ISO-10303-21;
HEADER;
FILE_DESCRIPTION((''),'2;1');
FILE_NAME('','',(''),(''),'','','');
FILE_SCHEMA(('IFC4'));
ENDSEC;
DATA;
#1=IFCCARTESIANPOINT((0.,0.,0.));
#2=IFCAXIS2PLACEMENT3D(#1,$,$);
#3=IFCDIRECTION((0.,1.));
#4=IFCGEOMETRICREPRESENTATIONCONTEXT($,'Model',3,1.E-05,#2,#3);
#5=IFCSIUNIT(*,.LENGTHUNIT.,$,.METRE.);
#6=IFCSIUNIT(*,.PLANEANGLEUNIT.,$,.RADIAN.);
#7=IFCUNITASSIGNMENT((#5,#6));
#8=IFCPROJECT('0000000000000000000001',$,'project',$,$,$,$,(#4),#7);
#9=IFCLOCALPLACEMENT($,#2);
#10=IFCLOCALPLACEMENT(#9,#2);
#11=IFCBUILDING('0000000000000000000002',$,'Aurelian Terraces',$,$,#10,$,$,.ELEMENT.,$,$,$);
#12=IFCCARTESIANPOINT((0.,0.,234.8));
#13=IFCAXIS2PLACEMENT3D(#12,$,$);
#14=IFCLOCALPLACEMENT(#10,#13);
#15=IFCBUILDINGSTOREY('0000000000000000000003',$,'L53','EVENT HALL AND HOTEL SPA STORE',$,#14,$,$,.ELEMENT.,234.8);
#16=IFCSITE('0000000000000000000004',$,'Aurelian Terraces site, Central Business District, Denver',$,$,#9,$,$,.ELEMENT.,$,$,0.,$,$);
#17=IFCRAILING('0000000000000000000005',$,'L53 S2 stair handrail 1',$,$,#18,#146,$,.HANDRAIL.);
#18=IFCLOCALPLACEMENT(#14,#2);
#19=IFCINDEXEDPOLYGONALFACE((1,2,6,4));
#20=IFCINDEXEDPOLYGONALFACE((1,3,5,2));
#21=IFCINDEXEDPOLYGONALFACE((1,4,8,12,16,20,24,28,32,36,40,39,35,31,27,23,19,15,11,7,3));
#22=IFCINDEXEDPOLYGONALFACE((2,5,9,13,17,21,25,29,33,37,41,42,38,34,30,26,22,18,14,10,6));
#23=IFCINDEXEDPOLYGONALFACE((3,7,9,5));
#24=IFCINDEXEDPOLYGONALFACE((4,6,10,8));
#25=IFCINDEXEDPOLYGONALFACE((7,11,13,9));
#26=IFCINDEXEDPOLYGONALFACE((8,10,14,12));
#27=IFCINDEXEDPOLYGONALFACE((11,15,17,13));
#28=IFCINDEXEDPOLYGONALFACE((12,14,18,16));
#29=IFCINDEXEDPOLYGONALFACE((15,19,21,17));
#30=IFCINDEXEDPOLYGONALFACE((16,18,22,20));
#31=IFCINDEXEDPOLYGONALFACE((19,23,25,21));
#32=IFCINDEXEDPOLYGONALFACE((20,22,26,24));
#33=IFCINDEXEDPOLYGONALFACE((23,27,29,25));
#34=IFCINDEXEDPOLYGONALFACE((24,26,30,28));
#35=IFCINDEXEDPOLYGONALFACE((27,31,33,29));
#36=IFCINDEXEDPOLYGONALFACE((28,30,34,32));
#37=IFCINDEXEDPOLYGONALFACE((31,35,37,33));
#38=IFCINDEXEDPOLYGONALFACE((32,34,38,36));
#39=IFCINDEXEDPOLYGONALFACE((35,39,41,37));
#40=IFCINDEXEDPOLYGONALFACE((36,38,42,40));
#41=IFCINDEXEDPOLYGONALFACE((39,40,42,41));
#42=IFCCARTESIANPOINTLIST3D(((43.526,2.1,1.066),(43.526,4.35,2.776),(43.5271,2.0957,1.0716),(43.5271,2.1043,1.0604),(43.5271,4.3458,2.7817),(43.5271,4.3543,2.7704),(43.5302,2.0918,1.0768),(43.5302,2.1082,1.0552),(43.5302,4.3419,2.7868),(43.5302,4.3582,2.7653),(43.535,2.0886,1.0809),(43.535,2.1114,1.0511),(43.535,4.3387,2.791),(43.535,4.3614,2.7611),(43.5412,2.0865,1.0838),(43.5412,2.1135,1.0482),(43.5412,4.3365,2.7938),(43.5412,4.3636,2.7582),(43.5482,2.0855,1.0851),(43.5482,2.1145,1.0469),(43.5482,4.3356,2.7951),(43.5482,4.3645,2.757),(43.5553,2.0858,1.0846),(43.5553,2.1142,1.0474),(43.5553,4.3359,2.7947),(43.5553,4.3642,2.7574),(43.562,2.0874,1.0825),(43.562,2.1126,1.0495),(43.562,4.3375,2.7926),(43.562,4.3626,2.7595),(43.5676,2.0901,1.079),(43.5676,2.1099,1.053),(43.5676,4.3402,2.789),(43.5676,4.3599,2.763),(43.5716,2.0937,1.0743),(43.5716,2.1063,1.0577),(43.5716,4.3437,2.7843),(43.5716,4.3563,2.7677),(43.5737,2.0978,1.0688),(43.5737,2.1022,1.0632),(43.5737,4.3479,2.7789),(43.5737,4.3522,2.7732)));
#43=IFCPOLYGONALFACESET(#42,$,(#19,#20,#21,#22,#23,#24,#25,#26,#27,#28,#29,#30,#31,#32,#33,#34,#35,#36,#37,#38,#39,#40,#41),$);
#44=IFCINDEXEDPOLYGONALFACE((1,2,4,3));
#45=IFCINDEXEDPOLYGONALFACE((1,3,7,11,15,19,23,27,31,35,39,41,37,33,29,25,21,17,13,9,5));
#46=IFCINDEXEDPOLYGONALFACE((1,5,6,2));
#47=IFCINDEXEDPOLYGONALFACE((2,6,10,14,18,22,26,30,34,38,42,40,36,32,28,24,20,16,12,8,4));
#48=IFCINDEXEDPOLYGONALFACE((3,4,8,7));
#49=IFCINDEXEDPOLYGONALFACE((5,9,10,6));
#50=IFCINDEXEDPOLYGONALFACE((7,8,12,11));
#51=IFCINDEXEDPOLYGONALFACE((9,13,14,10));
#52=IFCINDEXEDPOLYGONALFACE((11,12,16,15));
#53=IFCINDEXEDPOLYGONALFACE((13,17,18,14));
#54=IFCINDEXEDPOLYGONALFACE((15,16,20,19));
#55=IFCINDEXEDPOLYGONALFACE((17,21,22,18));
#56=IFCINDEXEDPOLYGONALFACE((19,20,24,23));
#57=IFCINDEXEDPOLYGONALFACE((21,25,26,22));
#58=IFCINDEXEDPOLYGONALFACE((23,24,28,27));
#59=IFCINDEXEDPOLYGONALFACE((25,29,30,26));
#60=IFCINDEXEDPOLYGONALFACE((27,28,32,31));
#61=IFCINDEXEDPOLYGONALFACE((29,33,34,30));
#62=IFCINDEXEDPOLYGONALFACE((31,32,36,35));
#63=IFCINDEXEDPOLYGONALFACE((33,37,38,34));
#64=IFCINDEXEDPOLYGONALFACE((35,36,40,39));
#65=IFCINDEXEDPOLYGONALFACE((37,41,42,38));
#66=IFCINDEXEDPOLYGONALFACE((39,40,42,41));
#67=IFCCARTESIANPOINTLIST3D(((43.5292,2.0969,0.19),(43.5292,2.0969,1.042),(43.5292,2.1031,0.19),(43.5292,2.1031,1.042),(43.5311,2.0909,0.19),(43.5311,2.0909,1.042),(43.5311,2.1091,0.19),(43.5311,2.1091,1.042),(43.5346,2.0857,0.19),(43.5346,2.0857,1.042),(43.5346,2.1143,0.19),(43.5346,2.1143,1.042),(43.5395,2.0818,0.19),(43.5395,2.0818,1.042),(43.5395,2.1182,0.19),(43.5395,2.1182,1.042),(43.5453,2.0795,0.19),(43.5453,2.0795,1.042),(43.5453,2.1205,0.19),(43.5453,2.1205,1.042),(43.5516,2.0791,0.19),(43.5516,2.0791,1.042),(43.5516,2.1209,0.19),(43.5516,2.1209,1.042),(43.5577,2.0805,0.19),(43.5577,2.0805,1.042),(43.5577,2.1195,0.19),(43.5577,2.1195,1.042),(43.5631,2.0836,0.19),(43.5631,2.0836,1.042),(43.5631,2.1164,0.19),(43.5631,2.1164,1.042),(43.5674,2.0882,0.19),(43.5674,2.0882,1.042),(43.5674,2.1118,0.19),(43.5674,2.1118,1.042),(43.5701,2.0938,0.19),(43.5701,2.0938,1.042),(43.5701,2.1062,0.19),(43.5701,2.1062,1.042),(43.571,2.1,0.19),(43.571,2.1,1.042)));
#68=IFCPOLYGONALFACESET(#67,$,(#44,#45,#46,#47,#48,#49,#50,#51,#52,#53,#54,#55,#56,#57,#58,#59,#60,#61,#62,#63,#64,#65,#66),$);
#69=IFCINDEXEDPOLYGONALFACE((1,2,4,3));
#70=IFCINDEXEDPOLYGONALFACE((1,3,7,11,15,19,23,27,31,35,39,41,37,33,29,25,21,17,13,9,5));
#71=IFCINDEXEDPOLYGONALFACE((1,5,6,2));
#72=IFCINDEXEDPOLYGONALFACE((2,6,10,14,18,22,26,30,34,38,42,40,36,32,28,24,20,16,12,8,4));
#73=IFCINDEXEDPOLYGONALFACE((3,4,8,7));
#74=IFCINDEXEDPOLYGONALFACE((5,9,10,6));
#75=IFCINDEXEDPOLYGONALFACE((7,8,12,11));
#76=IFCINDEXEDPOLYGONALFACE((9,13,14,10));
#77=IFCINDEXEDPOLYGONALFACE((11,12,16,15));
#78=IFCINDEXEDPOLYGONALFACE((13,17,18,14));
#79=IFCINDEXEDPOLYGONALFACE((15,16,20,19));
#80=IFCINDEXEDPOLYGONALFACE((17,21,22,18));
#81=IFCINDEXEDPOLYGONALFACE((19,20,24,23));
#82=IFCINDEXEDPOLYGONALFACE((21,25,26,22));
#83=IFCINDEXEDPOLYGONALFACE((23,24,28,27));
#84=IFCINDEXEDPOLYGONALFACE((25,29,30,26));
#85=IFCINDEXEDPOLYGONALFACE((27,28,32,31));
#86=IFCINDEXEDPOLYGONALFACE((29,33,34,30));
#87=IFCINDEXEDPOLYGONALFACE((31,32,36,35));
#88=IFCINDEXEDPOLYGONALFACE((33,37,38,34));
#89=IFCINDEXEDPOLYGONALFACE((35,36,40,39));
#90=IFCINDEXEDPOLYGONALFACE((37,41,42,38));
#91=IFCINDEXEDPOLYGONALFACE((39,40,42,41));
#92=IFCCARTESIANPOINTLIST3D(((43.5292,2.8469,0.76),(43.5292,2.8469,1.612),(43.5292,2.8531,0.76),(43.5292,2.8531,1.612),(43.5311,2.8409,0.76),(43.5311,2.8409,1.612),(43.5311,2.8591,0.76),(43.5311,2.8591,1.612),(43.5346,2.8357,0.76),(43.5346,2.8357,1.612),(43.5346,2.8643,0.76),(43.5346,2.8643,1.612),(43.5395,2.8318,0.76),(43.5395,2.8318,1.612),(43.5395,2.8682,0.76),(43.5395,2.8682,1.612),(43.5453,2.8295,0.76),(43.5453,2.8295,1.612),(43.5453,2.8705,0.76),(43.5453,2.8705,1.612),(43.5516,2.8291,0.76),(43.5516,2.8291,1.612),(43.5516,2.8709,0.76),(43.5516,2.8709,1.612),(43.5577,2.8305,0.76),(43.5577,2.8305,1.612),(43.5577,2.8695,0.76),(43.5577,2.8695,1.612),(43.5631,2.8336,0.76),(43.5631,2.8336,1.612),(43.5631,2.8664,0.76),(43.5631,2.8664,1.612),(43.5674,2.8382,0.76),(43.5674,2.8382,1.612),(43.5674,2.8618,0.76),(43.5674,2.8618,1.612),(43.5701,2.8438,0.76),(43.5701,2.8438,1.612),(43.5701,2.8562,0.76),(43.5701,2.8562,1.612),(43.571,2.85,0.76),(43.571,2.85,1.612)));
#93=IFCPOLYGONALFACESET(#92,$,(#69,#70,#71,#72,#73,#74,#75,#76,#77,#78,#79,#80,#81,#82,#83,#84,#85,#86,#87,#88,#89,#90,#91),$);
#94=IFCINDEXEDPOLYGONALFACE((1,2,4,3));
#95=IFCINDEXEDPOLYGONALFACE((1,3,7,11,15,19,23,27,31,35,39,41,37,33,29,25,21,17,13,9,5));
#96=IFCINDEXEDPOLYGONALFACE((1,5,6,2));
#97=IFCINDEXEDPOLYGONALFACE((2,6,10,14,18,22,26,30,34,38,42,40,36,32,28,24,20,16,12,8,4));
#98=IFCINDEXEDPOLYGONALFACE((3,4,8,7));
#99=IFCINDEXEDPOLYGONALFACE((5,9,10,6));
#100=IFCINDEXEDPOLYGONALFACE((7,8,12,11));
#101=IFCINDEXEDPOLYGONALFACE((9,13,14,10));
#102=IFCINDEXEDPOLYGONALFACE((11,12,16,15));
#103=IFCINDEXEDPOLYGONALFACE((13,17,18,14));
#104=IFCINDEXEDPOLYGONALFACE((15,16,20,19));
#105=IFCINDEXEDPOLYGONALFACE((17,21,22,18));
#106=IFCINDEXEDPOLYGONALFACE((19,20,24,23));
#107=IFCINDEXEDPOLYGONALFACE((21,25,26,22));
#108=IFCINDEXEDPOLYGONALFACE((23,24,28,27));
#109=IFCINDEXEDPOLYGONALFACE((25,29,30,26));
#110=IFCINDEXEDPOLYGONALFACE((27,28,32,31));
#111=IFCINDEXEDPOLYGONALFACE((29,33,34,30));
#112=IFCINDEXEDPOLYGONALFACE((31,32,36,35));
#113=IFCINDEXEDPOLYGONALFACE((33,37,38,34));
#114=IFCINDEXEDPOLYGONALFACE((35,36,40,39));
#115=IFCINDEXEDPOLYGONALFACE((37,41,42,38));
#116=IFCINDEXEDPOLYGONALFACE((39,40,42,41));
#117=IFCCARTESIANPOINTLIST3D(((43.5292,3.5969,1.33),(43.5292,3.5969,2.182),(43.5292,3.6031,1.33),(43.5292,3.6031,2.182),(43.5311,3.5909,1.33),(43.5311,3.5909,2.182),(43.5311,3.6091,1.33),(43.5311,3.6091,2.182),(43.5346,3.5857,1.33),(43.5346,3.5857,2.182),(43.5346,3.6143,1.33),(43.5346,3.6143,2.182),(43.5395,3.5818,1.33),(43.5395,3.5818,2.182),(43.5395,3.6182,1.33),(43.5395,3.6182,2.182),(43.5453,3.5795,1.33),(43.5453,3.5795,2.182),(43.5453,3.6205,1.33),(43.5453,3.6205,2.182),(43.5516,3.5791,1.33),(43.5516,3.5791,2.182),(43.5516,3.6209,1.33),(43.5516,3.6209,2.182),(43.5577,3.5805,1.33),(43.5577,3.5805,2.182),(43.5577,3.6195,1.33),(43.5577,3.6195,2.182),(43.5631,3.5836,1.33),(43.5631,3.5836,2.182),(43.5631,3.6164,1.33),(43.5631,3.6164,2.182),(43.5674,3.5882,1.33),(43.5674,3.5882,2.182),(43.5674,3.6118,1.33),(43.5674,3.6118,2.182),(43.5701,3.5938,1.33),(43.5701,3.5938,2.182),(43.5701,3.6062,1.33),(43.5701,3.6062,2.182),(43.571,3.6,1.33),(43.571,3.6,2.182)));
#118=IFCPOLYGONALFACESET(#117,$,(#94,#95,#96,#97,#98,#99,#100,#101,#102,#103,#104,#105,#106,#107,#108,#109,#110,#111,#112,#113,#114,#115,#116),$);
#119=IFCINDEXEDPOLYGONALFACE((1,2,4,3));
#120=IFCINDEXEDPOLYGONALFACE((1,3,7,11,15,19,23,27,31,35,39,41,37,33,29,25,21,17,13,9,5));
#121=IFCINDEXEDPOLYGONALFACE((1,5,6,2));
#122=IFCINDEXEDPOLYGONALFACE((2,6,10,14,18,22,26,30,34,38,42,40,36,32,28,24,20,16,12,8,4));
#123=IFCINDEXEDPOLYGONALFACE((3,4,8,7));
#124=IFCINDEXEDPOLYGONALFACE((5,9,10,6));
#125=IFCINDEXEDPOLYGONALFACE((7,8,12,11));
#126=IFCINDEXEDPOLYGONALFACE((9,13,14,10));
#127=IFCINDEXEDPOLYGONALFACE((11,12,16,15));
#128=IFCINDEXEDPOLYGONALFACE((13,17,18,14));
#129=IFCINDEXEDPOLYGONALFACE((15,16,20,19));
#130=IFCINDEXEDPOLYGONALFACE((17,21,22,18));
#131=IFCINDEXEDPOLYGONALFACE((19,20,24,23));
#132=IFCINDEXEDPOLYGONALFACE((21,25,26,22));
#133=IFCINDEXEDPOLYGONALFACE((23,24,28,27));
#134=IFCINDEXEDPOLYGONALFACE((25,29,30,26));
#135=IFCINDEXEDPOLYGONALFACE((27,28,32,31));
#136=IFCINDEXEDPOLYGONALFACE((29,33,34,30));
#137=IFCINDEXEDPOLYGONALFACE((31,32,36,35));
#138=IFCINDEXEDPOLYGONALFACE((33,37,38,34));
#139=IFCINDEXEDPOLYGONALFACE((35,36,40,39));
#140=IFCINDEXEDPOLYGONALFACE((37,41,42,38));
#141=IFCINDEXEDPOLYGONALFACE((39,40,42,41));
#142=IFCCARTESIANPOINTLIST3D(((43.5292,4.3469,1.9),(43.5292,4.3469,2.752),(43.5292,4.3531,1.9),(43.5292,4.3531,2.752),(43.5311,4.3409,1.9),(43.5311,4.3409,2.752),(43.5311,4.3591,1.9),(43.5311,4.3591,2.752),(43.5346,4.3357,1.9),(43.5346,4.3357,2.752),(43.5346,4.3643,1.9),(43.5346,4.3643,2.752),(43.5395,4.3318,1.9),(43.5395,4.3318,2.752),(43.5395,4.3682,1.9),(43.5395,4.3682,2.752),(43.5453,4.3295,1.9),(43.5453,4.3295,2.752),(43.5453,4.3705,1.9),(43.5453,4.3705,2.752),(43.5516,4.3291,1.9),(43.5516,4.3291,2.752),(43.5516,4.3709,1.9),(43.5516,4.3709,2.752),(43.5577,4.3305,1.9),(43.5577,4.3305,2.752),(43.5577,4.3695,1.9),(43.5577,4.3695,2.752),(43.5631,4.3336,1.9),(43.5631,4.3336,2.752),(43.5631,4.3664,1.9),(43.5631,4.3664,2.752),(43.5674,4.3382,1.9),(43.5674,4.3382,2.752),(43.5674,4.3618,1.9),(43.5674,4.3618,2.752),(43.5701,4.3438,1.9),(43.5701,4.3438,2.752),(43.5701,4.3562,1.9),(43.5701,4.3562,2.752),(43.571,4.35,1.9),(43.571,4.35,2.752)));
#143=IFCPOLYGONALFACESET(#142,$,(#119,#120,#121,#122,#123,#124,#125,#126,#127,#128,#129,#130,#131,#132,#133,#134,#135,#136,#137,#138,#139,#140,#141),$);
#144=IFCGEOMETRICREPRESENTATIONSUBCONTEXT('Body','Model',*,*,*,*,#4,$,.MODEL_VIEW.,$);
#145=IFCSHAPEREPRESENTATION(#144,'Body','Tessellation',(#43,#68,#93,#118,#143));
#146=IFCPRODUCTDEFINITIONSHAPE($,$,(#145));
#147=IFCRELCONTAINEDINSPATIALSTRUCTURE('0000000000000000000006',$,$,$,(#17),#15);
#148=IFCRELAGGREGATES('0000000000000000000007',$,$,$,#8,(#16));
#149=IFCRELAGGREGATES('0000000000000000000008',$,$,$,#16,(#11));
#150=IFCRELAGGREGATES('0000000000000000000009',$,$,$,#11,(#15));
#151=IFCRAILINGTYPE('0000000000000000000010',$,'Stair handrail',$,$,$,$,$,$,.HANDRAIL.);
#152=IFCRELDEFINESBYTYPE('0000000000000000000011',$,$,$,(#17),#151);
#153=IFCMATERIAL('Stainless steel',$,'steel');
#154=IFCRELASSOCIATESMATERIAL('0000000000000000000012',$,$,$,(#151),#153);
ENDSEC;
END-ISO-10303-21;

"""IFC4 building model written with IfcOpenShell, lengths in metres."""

from ifc_helpers import new_model, si_unit, direction, frame, origin, origin_2d, place, context, subcontext, project, spatial, circle, extrude, source, transform, mapped, material, type_object, element, save


model = new_model("IFC4")

# Units and contexts
model_context = context("Model", 3, precision=1e-05, world=origin(), true_north=direction((0.0, 1.0)))
body_context = subcontext(model_context, "Body", "Model", "MODEL_VIEW")
ifc_project = project(units=[si_unit("LENGTHUNIT", "METRE"), si_unit("PLANEANGLEUNIT", "RADIAN")], contexts=[model_context])

# Site, building, storey
site_placement = place(None, origin())
site = spatial("IfcSite", under=ifc_project, at=site_placement, Name="Aurelian Terraces site, Central Business District, Denver", CompositionType="ELEMENT", RefElevation=0.0)
building_placement = place(site_placement, origin())
building = spatial("IfcBuilding", under=site, at=building_placement, Name="Aurelian Terraces", CompositionType="ELEMENT")
storey_placement = place(building_placement, frame((0.0, 0.0, 234.8)))
storey = spatial("IfcBuildingStorey", under=building, at=storey_placement, Name="L53", Description="EVENT HALL AND HOTEL SPA STORE", CompositionType="ELEMENT", Elevation=234.8)

# Railing
ifc_material_1 = material(Name="Stainless steel", Category="steel")
railing_type_1 = type_object("IfcRailingType", Name="Stair handrail", PredefinedType="HANDRAIL", material=ifc_material_1)
shared_shape_1 = source(origin(), body_context, "Body", "SweptSolid", [
    extrude(circle(Radius=0.024, at=origin_2d()), frame((0.0, 0.0, 0.876), z_axis=(0.0, 0.796162, 0.605083), x_axis=(-1.0, 0.0, 0.0)), (0.0, 0.0, 1.0), 2.8261),
    extrude(circle(Radius=0.021, at=origin_2d()), origin(), (0.0, 0.0, 1.0), 0.852),
    extrude(circle(Radius=0.021, at=origin_2d()), frame((0.0, 0.75, 0.57)), (0.0, 0.0, 1.0), 0.852),
    extrude(circle(Radius=0.021, at=origin_2d()), frame((0.0, 1.5, 1.14)), (0.0, 0.0, 1.0), 0.852),
    extrude(circle(Radius=0.021, at=origin_2d()), frame((0.0, 2.25, 1.71)), (0.0, 0.0, 1.0), 0.852),
])
railing_1_placement = place(storey_placement, frame((43.55, 2.1, 0.19)))
element("IfcRailing", 1, at=railing_1_placement, inside=storey, type_object=railing_type_1, Name="L53 S2 stair handrail 1", PredefinedType="HANDRAIL", context=body_context, shape_type="MappedRepresentation", body=[
    mapped(shared_shape_1, transform((0.0, 0.0, 0.0), scale=1.0)),
])

save(model, "model.ifc")
